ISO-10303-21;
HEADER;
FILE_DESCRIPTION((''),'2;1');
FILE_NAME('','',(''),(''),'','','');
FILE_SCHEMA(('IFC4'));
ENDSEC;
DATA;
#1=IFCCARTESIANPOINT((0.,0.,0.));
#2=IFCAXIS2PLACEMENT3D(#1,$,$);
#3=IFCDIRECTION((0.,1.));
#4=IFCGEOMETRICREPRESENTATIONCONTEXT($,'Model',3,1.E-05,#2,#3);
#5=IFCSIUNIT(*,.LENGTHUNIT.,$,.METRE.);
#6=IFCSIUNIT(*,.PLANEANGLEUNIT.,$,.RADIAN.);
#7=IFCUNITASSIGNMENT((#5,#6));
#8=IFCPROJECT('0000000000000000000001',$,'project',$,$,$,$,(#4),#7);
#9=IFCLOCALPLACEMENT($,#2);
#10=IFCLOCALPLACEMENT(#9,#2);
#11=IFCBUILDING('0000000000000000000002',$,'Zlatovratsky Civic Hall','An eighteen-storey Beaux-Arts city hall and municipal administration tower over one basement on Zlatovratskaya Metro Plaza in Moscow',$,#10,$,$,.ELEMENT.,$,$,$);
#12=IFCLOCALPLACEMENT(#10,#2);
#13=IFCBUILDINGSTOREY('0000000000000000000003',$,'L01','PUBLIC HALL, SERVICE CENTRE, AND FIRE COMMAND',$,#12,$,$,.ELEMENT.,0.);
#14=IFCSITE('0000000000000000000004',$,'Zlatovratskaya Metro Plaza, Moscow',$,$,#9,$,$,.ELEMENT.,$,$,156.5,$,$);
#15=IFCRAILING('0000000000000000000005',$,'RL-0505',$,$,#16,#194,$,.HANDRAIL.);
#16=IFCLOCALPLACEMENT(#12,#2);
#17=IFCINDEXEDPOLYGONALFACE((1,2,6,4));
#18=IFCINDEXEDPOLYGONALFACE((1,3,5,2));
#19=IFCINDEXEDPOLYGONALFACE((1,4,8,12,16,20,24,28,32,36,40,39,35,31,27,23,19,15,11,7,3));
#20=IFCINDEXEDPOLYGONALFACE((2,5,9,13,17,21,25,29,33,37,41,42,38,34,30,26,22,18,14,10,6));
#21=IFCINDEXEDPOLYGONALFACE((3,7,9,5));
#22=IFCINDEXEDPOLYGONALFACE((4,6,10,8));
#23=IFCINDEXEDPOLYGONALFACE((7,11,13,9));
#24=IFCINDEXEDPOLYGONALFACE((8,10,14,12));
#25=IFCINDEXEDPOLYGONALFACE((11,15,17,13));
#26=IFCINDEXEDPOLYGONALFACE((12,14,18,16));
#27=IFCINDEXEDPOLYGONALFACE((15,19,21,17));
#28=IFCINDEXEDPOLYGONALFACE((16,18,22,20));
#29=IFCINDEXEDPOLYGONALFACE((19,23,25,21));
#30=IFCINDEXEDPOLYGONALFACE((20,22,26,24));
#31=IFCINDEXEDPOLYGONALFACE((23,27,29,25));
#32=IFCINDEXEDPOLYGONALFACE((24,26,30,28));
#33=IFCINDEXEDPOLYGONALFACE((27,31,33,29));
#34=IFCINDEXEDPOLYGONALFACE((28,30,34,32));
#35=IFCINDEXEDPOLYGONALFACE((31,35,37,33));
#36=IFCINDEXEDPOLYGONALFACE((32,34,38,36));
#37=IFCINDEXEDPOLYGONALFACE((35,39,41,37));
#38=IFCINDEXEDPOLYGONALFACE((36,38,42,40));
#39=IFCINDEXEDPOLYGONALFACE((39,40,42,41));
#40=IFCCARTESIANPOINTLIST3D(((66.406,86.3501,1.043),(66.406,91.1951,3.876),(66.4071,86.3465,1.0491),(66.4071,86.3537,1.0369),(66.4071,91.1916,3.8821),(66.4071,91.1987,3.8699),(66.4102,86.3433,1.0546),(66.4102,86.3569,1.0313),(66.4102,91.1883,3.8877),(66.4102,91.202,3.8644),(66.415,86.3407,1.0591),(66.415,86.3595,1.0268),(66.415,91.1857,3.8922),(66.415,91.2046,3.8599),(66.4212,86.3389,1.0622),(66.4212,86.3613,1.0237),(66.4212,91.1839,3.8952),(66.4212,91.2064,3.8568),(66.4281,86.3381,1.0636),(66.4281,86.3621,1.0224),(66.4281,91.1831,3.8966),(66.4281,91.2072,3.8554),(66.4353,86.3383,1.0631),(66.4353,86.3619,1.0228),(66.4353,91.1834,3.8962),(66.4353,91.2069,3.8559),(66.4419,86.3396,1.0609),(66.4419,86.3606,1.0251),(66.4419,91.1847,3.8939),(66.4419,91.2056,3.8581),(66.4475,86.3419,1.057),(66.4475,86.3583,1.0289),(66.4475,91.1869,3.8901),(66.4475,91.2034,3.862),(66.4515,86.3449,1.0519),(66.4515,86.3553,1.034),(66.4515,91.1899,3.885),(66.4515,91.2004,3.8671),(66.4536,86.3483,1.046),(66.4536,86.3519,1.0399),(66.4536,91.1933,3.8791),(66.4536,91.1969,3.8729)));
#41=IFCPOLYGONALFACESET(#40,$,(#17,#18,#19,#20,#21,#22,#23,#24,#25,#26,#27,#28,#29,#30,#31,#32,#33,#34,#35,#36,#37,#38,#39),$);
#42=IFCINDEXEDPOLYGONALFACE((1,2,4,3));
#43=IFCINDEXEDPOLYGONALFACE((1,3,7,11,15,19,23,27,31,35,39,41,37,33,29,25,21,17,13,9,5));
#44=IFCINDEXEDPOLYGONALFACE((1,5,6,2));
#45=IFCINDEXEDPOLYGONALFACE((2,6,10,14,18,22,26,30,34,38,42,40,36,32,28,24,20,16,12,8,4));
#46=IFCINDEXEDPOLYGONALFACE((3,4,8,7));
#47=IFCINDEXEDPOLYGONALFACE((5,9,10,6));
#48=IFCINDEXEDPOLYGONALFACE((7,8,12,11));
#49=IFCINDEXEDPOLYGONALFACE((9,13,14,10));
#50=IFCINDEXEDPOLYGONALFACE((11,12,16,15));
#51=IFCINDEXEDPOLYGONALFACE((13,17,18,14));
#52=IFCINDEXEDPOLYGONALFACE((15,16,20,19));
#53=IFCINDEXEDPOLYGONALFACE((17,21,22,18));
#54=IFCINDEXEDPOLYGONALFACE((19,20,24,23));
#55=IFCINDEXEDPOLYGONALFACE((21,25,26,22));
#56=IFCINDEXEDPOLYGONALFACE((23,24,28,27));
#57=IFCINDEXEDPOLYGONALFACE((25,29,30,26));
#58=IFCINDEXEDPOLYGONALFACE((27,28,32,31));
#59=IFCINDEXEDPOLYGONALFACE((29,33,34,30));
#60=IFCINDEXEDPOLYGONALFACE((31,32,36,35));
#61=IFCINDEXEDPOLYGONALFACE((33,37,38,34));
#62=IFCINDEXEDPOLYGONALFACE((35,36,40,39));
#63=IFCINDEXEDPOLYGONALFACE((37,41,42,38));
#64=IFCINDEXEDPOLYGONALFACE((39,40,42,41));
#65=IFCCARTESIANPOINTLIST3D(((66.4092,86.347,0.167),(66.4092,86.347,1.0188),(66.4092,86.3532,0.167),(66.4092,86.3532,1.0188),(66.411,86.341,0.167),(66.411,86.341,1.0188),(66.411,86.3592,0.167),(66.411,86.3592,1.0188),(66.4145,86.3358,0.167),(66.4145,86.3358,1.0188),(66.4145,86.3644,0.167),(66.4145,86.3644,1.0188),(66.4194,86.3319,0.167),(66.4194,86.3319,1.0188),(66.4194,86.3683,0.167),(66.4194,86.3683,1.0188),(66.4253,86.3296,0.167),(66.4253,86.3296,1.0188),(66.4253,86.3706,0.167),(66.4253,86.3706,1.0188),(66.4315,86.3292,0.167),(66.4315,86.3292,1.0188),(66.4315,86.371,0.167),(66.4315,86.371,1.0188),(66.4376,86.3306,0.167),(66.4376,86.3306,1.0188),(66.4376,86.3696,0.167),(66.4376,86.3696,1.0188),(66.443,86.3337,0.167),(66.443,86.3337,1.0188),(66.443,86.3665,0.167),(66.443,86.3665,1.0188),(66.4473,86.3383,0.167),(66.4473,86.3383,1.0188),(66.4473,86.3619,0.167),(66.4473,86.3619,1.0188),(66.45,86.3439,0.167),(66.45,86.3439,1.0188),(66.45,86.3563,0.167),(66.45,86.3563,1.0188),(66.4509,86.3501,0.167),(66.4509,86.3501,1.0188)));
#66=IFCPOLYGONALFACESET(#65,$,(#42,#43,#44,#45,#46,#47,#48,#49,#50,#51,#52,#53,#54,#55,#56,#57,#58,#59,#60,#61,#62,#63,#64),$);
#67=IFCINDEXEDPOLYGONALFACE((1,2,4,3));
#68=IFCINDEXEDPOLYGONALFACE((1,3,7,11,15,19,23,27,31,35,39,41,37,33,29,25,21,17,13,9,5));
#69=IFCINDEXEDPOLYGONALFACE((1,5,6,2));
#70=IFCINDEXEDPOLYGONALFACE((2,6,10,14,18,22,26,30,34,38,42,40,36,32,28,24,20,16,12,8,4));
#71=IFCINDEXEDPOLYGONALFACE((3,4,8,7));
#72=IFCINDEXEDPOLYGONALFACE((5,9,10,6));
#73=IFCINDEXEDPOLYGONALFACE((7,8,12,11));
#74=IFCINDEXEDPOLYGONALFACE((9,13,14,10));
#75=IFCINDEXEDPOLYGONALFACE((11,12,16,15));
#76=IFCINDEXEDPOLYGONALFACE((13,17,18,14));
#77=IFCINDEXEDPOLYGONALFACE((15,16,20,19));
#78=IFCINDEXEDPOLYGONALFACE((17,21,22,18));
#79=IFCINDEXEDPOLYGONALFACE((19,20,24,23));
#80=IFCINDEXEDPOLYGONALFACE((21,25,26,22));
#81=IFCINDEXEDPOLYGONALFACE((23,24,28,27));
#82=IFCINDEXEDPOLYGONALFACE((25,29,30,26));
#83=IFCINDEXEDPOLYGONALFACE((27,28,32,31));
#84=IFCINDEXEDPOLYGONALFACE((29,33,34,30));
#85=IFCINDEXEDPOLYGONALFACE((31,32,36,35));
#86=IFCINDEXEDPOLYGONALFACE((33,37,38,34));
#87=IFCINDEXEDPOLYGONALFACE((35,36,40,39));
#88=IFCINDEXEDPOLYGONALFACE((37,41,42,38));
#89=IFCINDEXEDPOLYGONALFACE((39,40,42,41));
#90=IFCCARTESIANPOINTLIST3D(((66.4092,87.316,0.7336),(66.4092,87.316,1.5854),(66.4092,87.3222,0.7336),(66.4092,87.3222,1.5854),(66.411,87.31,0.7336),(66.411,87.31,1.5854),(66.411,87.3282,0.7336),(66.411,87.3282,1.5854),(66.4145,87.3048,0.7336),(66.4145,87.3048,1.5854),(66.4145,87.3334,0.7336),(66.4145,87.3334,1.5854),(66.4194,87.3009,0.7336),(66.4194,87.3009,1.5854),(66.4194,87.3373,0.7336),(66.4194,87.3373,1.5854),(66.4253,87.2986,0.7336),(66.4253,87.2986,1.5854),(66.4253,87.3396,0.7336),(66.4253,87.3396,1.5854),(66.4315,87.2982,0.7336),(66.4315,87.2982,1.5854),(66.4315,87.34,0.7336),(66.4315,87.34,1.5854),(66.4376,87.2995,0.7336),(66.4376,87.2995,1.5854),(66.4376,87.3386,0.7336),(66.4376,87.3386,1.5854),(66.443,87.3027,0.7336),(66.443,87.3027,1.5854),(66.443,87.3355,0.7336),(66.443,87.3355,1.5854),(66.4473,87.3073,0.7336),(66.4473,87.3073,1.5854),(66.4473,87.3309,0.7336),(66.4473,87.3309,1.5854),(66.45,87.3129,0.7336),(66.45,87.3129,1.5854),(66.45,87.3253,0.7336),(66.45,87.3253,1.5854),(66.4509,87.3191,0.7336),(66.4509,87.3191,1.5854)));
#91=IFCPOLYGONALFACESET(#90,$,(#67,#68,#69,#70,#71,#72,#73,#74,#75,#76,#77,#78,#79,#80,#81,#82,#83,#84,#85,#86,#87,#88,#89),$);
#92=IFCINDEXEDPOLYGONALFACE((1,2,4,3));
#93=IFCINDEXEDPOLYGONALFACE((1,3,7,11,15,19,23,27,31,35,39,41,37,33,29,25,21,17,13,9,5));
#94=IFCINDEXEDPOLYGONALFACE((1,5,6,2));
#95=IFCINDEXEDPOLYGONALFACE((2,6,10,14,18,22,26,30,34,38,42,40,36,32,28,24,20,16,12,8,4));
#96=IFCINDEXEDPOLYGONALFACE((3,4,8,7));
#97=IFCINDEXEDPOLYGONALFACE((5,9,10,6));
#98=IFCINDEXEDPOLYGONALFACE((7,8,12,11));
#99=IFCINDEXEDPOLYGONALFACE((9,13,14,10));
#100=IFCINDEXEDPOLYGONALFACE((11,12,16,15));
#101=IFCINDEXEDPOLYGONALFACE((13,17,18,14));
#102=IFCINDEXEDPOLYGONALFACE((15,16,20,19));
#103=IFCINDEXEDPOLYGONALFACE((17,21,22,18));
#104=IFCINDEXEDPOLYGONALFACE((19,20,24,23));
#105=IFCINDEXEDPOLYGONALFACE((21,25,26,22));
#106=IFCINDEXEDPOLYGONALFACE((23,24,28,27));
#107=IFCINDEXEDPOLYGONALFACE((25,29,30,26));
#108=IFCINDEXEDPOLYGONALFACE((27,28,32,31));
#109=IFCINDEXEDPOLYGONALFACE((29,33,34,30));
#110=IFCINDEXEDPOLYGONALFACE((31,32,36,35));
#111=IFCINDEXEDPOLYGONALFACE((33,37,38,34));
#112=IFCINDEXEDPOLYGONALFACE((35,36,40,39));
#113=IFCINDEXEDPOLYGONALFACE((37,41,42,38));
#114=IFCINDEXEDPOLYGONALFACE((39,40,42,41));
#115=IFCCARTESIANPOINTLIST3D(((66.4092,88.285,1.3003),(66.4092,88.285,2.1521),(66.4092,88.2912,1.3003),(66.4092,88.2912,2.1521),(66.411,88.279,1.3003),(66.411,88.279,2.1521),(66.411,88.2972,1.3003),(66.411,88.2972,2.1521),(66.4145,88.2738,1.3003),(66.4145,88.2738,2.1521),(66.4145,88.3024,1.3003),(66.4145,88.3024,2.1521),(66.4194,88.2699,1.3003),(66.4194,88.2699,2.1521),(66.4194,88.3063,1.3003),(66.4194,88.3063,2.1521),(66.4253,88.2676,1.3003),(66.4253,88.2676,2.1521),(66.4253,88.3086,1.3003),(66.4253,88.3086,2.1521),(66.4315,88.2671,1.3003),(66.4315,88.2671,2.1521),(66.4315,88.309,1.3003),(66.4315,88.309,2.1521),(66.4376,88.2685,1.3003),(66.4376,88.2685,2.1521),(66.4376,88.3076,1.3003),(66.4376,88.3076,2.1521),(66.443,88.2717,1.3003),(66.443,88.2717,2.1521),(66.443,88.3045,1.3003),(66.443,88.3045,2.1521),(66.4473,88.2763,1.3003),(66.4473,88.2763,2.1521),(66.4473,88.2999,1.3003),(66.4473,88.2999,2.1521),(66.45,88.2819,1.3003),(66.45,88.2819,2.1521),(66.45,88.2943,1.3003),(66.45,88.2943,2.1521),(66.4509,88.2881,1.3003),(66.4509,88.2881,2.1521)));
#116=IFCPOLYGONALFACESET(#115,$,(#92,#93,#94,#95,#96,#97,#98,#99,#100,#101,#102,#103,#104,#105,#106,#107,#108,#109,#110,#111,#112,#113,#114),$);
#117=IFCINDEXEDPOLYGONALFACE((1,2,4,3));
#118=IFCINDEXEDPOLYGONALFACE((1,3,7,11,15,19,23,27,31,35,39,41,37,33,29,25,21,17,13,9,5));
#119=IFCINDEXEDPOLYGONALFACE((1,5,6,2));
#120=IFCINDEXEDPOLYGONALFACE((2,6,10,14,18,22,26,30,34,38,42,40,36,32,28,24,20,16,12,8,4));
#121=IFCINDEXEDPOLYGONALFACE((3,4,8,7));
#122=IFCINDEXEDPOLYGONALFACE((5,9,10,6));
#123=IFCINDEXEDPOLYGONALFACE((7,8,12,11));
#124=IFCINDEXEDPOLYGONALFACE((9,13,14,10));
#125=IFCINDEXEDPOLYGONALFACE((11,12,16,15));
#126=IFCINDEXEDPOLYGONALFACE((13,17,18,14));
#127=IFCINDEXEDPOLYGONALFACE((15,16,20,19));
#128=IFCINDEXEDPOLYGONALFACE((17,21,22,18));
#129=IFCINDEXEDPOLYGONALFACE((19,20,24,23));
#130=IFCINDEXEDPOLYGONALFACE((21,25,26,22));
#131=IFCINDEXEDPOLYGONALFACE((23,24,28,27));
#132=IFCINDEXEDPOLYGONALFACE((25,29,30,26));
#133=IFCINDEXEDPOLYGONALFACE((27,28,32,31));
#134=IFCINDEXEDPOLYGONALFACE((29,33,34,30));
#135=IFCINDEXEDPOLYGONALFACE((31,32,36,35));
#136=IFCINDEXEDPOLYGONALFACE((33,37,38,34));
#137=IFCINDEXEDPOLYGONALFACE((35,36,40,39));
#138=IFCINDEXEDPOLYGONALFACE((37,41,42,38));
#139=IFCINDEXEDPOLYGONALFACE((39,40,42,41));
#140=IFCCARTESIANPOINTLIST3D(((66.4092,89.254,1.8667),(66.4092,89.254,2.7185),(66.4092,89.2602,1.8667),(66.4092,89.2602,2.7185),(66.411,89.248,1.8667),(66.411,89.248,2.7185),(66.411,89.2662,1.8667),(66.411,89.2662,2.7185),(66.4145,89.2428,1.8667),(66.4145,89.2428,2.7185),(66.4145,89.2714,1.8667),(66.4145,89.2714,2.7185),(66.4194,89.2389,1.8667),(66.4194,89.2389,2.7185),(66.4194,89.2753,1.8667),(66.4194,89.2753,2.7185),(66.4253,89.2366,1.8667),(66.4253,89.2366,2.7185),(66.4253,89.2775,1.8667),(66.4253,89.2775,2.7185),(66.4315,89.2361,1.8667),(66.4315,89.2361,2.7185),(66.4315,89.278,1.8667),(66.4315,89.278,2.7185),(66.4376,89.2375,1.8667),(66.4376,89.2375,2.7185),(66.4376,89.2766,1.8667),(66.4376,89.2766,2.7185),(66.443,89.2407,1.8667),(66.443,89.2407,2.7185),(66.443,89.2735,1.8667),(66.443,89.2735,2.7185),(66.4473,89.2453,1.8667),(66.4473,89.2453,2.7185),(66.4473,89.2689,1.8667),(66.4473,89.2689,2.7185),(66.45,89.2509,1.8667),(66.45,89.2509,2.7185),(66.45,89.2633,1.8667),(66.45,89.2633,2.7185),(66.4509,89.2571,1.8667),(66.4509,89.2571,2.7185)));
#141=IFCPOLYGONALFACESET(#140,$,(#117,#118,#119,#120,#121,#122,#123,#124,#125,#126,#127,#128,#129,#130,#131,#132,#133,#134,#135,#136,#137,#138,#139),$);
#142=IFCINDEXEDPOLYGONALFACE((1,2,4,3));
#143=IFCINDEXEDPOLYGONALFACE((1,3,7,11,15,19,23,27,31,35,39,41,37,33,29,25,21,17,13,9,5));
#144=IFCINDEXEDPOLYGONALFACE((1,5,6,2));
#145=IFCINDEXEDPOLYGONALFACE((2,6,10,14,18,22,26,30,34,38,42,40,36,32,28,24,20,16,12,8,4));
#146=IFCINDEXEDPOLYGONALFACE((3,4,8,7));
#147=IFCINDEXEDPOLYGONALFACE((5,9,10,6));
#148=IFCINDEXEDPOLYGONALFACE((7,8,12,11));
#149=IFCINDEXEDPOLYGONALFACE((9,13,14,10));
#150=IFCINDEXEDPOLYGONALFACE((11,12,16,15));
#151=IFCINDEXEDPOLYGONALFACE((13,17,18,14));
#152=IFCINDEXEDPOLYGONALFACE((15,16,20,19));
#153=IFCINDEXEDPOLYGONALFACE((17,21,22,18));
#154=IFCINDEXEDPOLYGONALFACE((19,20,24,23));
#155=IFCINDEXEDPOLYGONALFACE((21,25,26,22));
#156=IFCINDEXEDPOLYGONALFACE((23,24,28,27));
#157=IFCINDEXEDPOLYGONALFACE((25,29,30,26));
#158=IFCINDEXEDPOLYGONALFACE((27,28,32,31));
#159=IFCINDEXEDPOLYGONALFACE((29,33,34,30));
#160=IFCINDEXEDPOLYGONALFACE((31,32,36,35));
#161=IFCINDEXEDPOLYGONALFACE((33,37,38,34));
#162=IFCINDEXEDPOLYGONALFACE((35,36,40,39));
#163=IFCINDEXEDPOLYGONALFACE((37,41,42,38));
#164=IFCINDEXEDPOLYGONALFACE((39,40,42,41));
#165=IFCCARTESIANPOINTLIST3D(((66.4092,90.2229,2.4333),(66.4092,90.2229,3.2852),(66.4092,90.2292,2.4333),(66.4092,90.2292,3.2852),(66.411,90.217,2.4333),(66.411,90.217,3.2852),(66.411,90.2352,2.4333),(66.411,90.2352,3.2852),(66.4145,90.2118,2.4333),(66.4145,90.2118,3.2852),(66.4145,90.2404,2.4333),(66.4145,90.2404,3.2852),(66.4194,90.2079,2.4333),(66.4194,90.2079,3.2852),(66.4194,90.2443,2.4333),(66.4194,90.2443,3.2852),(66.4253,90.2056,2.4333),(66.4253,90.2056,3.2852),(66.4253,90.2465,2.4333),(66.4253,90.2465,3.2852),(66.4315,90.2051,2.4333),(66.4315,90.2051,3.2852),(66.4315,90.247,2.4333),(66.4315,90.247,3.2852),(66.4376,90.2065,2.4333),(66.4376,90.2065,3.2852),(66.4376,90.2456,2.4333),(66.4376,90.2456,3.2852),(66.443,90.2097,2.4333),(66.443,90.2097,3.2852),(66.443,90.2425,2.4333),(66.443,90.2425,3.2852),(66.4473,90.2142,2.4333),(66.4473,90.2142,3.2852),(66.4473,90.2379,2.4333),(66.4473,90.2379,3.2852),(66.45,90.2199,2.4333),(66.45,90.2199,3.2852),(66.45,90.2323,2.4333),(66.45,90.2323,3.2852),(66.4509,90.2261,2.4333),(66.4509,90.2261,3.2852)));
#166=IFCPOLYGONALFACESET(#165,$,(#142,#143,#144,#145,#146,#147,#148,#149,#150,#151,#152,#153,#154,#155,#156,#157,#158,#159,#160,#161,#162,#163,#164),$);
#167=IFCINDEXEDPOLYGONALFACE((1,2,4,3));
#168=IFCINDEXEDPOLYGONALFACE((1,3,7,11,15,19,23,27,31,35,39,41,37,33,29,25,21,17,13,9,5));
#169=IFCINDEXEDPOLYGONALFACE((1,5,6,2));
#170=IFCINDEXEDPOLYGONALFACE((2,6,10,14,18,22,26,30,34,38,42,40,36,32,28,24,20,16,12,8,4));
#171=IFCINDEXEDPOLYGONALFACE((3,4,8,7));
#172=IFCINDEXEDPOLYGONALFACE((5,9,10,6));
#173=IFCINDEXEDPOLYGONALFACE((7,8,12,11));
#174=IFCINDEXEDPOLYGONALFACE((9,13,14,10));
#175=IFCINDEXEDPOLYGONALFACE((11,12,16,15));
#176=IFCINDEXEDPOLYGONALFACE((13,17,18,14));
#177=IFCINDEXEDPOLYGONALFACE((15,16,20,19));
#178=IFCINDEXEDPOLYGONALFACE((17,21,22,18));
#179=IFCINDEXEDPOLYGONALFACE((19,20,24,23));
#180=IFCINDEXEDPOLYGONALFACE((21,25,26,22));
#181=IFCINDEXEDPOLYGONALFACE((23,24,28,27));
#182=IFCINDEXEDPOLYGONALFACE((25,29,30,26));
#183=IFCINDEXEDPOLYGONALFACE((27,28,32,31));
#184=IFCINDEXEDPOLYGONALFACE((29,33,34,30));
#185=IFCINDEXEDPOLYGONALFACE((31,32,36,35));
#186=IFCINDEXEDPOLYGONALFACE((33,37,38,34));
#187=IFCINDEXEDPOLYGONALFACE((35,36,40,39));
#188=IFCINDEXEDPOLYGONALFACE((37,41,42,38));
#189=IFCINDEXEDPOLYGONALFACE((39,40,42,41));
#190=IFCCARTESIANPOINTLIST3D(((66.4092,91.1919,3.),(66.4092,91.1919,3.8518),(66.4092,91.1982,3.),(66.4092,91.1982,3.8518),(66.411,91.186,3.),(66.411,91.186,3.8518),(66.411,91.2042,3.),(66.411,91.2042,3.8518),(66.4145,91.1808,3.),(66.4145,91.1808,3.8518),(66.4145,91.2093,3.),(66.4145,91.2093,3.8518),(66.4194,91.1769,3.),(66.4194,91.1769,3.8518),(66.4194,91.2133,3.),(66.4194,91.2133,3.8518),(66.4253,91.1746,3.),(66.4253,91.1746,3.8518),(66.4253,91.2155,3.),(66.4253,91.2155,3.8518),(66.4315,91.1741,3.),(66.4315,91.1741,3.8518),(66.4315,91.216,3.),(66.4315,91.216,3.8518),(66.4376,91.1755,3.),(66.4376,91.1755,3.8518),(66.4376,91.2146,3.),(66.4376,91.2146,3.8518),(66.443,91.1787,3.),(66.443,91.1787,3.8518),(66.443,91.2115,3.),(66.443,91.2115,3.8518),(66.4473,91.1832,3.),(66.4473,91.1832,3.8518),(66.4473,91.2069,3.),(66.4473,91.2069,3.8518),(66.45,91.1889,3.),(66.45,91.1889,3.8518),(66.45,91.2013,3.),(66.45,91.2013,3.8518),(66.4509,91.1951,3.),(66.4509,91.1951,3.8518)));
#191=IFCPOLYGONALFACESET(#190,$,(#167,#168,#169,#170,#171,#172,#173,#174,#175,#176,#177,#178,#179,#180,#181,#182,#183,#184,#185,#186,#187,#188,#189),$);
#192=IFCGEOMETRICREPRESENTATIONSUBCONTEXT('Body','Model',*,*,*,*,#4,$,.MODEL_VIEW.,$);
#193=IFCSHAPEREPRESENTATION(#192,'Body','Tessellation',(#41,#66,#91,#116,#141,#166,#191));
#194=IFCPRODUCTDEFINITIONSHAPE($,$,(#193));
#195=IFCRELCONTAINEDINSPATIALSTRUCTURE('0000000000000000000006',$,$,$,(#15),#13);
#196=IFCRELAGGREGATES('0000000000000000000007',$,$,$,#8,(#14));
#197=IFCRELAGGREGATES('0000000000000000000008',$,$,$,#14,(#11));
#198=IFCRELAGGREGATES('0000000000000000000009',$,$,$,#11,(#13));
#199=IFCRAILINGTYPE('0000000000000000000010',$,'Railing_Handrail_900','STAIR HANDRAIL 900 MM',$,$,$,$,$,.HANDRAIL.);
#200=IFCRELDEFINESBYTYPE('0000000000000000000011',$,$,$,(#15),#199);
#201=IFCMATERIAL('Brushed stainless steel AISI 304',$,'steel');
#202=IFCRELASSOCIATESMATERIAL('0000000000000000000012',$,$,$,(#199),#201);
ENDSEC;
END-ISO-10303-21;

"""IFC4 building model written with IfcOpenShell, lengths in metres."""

from ifc_helpers import new_model, si_unit, direction, frame, origin, origin_2d, place, context, subcontext, project, spatial, circle, extrude, material, type_object, element, save


model = new_model("IFC4")

# Units and contexts
model_context = context("Model", 3, precision=1e-05, world=origin(), true_north=direction((0.0, 1.0)))
body_context = subcontext(model_context, "Body", "Model", "MODEL_VIEW")
ifc_project = project(units=[si_unit("LENGTHUNIT", "METRE"), si_unit("PLANEANGLEUNIT", "RADIAN")], contexts=[model_context])

# Site, building, storey
site_placement = place(None, origin())
site = spatial("IfcSite", under=ifc_project, at=site_placement, Name="Zlatovratskaya Metro Plaza, Moscow", CompositionType="ELEMENT", RefElevation=156.5)
building_placement = place(site_placement, origin())
building = spatial("IfcBuilding", under=site, at=building_placement, Name="Zlatovratsky Civic Hall", Description="An eighteen-storey Beaux-Arts city hall and municipal administration tower over one basement on Zlatovratskaya Metro Plaza in Moscow", CompositionType="ELEMENT")
storey_placement = place(building_placement, origin())
storey = spatial("IfcBuildingStorey", under=building, at=storey_placement, Name="L01", Description="PUBLIC HALL, SERVICE CENTRE, AND FIRE COMMAND", CompositionType="ELEMENT", Elevation=0.0)

# Shared definitions
ifc_material_1 = material(Name="Brushed stainless steel AISI 304", Category="steel")

# Railing
railing_type_1 = type_object("IfcRailingType", Name="Railing_Handrail_900", Description="STAIR HANDRAIL 900 MM", PredefinedType="HANDRAIL", material=ifc_material_1)
railing_1_placement = place(storey_placement, frame((66.4299, 86.3501, 0.167)))
element("IfcRailing", 1, at=railing_1_placement, inside=storey, type_object=railing_type_1, Name="RL-0505", PredefinedType="HANDRAIL", context=body_context, shape_type="SweptSolid", body=[
    extrude(circle(Radius=0.0239, at=origin_2d()), frame((0.0, 0.0, 0.876), z_axis=(0.0, 0.863253, 0.504771), x_axis=(-1.0, 0.0, 0.0)), (0.0, 0.0, 1.0), 5.6125),
    extrude(circle(Radius=0.021, at=origin_2d()), origin(), (0.0, 0.0, 1.0), 0.8518),
    extrude(circle(Radius=0.021, at=origin_2d()), frame((0.0, 0.969, 0.5667)), (0.0, 0.0, 1.0), 0.8518),
    extrude(circle(Radius=0.021, at=origin_2d()), frame((0.0, 1.938, 1.1333)), (0.0, 0.0, 1.0), 0.8518),
    extrude(circle(Radius=0.021, at=origin_2d()), frame((0.0, 2.907, 1.6997)), (0.0, 0.0, 1.0), 0.8518),
    extrude(circle(Radius=0.021, at=origin_2d()), frame((0.0, 3.876, 2.2664)), (0.0, 0.0, 1.0), 0.8518),
    extrude(circle(Radius=0.021, at=origin_2d()), frame((0.0, 4.845, 2.833)), (0.0, 0.0, 1.0), 0.8518),
])

save(model, "model.ifc")
